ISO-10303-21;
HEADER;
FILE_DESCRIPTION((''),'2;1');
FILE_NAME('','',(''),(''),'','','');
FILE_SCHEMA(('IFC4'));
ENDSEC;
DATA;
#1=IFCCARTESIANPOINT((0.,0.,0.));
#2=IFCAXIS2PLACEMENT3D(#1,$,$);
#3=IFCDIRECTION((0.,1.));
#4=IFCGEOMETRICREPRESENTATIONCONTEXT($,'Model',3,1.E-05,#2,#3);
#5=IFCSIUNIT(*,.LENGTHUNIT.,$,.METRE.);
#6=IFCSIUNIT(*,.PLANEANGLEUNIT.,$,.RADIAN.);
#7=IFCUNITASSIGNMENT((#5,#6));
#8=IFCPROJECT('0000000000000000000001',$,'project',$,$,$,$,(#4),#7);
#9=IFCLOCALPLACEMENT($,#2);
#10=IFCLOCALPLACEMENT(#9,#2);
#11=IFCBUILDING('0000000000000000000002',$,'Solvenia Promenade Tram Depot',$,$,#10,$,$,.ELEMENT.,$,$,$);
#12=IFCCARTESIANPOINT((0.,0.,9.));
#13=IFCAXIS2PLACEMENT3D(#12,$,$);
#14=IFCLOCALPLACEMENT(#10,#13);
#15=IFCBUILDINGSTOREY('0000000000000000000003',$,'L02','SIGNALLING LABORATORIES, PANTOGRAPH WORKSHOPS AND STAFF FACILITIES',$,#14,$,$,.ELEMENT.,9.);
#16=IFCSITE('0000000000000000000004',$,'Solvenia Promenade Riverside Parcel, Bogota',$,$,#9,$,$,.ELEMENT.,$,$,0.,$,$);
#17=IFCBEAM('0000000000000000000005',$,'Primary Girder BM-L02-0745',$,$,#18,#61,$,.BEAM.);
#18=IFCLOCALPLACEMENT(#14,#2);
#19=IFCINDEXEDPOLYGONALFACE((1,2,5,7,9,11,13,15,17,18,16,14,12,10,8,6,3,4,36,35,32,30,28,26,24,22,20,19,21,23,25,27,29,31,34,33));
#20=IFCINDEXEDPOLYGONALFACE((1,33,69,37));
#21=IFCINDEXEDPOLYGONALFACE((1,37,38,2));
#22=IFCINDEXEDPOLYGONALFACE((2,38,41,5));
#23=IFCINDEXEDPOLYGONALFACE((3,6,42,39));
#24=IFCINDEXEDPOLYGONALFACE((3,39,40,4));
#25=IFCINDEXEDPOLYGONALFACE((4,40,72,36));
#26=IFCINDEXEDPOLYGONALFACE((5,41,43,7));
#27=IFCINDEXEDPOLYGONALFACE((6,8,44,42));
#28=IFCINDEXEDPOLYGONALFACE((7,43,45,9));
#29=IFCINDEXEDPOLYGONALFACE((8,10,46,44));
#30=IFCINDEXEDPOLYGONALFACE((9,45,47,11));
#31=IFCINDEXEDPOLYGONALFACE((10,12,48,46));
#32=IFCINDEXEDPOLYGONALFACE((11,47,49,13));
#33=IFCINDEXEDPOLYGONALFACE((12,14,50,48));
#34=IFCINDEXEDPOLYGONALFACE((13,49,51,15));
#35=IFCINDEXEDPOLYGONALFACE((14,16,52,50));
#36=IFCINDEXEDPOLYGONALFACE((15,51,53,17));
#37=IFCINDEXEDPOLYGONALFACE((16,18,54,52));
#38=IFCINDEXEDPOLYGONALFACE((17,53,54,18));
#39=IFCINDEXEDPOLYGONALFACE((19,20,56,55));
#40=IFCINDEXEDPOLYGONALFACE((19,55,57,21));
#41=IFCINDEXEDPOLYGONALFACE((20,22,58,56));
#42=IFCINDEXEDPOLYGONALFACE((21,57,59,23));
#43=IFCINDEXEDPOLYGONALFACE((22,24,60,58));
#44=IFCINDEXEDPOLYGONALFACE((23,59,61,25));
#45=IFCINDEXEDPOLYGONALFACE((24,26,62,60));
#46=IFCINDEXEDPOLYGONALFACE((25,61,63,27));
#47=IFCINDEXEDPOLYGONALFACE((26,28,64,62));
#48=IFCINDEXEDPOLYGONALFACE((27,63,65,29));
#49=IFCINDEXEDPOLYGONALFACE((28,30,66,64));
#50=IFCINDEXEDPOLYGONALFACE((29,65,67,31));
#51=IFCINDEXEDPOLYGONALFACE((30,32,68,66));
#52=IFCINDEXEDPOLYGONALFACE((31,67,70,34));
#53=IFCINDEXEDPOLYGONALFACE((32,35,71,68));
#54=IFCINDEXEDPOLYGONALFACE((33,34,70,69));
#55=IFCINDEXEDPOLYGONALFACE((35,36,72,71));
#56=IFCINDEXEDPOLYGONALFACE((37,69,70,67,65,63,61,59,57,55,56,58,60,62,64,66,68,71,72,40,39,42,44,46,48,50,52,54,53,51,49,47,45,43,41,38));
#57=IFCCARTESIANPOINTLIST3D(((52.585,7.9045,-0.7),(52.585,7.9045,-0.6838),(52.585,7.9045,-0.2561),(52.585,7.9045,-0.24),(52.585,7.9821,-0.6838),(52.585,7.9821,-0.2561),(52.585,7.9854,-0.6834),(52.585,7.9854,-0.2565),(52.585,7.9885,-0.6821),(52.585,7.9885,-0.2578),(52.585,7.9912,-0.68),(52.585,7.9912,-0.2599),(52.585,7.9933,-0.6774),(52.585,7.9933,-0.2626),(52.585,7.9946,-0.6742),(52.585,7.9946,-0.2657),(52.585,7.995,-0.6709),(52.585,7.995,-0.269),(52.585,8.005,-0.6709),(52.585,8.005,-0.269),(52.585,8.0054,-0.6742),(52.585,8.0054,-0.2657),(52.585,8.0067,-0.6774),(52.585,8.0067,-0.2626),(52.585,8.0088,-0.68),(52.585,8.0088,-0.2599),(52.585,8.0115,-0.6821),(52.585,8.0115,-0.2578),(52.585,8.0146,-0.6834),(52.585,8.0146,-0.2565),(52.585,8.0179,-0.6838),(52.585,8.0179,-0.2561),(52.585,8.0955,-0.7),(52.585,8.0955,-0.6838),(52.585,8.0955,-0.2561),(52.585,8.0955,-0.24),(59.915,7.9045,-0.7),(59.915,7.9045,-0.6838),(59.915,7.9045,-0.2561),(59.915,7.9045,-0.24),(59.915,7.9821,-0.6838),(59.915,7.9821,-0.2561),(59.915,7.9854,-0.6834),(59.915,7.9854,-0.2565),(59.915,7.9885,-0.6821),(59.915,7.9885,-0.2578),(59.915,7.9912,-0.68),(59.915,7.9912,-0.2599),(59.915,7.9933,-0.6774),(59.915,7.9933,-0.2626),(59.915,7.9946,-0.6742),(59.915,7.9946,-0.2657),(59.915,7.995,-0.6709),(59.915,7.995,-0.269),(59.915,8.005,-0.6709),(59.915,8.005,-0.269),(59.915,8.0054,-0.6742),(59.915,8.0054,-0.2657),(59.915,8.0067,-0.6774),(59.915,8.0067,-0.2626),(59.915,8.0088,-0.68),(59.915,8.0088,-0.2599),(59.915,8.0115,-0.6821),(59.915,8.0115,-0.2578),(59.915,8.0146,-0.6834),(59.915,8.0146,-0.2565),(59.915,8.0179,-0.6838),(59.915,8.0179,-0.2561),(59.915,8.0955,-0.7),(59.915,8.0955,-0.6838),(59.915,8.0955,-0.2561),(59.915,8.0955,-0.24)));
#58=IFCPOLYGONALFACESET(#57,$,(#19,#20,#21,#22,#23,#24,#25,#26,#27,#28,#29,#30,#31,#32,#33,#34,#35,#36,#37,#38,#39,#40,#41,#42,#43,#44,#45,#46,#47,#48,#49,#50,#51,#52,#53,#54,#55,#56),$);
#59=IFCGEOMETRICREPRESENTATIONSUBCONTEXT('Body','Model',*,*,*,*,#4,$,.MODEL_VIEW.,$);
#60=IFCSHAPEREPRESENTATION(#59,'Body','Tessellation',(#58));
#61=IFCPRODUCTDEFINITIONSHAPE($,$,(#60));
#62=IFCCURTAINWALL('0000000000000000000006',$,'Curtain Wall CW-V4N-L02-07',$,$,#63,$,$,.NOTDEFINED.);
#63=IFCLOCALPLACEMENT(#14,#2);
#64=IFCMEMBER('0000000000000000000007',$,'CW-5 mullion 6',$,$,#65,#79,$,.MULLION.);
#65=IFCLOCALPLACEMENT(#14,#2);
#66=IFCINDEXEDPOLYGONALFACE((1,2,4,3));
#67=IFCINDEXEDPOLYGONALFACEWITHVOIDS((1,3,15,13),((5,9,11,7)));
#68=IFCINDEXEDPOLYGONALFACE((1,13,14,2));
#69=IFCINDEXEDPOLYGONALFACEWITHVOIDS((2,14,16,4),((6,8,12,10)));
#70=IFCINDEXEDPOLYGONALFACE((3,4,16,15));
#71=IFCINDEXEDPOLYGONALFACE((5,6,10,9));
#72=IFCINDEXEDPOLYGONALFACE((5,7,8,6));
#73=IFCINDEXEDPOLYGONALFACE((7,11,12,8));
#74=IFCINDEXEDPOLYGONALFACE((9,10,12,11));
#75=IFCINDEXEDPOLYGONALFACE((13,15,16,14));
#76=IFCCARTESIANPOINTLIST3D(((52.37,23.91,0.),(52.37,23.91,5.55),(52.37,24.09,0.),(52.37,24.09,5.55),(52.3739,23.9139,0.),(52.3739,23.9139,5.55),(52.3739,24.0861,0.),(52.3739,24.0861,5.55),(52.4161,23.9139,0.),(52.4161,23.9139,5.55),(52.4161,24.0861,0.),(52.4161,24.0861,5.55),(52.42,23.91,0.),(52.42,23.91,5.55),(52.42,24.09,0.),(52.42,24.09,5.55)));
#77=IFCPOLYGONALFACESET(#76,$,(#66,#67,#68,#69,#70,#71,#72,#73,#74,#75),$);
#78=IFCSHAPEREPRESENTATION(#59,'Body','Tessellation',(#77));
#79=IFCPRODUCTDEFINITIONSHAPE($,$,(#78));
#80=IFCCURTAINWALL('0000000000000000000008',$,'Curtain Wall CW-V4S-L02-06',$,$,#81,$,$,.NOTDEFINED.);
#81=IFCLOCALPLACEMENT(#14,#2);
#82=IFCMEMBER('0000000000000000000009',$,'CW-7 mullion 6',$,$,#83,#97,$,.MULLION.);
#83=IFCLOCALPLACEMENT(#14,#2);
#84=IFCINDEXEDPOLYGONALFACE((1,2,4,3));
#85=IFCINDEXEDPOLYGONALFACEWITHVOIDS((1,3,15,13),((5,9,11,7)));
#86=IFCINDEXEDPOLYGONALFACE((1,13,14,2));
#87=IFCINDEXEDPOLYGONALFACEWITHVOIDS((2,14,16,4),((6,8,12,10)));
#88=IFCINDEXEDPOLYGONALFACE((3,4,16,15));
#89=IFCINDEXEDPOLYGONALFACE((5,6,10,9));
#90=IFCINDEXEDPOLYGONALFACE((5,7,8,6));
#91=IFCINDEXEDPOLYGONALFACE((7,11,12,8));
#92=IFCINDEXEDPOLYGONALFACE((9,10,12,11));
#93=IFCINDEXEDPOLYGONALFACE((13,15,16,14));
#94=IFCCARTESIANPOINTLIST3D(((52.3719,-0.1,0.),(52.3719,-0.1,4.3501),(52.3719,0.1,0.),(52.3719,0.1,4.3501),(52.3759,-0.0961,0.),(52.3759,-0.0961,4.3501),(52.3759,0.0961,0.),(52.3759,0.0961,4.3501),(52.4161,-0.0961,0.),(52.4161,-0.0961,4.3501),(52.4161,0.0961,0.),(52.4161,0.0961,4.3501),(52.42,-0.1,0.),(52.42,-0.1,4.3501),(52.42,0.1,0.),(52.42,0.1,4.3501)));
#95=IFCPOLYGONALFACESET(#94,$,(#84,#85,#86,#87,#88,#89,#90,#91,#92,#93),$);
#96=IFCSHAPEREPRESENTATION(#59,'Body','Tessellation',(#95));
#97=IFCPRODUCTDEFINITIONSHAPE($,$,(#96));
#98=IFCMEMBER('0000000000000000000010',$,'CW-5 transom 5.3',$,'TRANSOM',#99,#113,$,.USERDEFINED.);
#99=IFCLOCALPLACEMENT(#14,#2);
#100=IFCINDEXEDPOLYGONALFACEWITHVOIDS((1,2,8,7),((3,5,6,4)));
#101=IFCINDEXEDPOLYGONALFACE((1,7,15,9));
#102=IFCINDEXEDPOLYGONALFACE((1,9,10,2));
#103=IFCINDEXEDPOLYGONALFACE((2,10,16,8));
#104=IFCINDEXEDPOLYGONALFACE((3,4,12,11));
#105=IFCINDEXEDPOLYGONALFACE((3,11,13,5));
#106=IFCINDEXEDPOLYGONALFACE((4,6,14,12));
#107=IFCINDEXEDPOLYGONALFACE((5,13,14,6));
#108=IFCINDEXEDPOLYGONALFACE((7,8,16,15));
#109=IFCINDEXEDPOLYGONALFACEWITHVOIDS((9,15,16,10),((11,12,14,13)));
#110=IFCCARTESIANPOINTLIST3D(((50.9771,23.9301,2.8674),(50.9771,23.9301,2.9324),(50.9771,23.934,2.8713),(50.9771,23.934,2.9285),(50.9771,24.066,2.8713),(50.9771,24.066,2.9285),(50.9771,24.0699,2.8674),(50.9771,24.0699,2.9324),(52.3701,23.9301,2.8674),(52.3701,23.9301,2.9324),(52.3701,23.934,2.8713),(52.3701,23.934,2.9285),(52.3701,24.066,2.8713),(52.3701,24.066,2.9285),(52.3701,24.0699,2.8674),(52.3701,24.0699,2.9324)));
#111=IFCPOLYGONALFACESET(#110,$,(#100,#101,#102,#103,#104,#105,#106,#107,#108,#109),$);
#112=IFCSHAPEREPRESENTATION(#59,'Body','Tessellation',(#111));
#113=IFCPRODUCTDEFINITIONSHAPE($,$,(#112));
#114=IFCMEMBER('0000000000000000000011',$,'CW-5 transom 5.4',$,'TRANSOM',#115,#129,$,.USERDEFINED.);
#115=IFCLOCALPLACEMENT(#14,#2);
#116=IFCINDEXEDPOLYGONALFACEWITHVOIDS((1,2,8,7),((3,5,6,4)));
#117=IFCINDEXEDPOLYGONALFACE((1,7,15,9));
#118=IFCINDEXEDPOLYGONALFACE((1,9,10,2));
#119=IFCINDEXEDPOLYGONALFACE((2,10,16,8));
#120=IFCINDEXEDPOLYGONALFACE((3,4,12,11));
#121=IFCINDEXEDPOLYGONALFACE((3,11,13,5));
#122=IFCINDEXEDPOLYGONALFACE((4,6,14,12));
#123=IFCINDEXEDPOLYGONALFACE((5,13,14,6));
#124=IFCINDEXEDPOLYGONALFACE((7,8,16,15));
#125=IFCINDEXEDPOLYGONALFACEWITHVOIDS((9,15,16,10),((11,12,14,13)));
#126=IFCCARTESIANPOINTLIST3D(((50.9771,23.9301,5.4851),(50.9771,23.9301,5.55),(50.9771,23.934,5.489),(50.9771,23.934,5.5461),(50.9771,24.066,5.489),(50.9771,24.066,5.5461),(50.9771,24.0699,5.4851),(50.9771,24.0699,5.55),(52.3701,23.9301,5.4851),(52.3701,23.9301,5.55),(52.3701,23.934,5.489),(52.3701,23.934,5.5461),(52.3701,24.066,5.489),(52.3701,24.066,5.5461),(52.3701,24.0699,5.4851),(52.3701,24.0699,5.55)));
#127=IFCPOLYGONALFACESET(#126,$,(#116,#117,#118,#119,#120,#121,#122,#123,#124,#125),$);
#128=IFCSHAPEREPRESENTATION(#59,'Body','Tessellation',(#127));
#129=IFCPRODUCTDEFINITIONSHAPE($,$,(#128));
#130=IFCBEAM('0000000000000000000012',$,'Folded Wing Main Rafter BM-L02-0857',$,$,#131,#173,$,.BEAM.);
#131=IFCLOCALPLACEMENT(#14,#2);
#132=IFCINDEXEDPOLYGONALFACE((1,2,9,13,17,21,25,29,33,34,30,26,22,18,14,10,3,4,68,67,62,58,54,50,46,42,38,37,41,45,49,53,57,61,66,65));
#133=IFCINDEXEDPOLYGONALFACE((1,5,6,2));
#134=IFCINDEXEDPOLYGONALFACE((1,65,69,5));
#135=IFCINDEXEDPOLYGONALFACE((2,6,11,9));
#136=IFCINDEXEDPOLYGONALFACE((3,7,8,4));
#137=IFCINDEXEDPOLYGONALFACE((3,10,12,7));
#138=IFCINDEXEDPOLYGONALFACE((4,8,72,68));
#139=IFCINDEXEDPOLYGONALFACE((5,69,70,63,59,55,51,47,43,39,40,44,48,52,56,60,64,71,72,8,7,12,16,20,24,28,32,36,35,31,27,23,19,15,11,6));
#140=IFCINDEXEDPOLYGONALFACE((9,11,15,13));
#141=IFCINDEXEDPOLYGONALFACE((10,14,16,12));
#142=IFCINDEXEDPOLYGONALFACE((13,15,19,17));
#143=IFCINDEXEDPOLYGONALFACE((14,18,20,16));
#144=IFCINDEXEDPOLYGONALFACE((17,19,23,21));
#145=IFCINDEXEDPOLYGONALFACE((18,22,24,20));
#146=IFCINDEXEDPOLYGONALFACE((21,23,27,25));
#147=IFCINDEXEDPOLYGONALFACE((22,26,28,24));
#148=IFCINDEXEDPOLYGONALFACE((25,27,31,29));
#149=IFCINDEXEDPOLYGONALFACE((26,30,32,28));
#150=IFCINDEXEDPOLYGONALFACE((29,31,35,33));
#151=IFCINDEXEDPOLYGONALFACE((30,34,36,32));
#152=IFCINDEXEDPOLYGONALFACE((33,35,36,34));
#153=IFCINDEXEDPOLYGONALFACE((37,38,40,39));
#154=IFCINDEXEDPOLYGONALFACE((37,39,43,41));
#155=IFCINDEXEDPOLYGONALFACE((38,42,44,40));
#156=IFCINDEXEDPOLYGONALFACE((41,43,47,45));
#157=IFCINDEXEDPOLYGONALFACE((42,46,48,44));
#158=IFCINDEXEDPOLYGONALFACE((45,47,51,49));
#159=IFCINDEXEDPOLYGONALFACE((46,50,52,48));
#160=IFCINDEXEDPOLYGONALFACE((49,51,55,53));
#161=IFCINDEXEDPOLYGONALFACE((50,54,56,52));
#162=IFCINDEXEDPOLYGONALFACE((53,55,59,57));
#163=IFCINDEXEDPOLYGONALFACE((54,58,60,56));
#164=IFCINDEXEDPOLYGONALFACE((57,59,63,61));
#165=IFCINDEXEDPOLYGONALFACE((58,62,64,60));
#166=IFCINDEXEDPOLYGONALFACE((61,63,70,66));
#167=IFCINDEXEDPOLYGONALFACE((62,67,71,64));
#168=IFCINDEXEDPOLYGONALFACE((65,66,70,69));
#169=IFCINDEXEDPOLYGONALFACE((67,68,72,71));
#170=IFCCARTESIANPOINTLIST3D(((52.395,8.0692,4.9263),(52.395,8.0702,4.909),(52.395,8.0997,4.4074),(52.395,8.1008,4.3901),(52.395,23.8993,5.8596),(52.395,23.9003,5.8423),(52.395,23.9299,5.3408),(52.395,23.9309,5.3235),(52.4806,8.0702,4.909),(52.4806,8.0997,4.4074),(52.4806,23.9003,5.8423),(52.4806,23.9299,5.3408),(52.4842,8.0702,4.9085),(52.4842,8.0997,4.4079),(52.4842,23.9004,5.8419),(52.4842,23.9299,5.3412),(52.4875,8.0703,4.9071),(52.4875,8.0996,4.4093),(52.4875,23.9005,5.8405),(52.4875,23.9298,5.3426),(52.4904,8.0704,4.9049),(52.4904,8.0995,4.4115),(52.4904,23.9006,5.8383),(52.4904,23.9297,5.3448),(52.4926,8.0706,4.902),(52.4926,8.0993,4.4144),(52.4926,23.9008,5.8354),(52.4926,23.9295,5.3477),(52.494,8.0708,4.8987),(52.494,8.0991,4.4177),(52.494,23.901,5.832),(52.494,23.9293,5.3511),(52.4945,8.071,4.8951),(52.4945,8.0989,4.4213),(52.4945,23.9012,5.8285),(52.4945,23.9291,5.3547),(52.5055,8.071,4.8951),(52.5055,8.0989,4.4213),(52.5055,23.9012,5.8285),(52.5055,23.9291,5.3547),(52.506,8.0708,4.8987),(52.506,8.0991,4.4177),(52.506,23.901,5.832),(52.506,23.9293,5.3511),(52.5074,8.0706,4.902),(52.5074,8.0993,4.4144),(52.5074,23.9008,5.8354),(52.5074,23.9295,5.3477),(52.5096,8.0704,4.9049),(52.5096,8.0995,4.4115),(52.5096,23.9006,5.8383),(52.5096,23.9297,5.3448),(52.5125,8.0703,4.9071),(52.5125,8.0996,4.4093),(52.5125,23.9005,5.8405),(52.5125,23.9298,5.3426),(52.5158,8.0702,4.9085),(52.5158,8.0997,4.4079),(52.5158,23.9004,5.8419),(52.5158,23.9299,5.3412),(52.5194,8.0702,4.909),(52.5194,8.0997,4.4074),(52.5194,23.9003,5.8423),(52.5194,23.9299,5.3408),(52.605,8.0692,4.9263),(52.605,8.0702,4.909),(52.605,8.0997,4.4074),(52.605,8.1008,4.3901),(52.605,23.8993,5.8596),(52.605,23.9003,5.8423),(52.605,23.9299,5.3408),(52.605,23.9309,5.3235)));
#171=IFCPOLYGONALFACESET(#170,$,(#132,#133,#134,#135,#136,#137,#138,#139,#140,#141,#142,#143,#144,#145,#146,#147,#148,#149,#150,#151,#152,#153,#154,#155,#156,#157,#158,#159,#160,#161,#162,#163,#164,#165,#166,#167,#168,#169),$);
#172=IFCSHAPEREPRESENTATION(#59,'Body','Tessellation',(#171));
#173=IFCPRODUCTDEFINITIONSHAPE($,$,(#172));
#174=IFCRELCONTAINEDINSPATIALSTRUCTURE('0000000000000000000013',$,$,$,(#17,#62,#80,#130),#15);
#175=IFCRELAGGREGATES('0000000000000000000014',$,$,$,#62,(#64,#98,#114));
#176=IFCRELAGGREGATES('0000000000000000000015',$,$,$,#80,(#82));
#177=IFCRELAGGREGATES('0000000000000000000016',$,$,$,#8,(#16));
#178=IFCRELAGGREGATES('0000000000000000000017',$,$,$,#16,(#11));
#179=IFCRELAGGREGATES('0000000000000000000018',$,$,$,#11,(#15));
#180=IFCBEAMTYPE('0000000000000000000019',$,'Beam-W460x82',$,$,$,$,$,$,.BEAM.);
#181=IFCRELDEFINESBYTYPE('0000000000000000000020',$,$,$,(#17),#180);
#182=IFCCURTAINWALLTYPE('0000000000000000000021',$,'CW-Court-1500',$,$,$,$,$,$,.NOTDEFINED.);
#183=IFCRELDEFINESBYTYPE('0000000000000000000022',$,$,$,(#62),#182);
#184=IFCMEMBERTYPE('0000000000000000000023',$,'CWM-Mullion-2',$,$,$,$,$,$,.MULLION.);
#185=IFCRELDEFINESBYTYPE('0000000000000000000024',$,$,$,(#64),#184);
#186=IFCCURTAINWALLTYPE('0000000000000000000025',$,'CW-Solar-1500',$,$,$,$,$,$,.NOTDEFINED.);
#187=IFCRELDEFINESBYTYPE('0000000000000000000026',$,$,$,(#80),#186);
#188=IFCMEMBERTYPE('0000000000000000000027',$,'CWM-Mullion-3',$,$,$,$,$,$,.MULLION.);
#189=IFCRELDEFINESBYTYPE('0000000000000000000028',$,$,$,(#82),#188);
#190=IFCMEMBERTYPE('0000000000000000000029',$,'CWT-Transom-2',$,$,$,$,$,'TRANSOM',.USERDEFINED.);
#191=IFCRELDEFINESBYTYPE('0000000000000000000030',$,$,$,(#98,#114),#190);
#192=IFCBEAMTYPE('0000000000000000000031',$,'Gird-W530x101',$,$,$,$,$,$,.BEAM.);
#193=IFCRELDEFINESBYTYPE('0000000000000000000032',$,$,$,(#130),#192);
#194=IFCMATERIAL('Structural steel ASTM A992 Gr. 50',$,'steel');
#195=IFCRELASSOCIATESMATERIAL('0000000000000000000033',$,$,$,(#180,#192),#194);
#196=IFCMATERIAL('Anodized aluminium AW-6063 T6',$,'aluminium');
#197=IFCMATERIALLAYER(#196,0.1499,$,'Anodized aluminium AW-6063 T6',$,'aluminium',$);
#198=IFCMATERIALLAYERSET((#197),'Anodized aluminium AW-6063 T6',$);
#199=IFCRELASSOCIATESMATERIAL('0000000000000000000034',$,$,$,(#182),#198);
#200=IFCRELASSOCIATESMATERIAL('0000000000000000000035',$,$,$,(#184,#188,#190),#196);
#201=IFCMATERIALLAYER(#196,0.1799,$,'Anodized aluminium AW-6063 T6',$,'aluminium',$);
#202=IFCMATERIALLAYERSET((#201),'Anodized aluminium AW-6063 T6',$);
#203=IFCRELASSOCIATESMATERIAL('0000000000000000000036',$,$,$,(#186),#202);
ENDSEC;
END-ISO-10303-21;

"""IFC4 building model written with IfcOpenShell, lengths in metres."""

from ifc_helpers import new_model, si_unit, direction, frame, origin, origin_2d, place, context, subcontext, project, spatial, hollow_rectangle, i_section, extrude, material, layer, layer_set, material_profile, profile_set, type_object, element, aggregate, save


model = new_model("IFC4")

# Units and contexts
model_context = context("Model", 3, precision=1e-05, world=origin(), true_north=direction((0.0, 1.0)))
body_context = subcontext(model_context, "Body", "Model", "MODEL_VIEW")
ifc_project = project(units=[si_unit("LENGTHUNIT", "METRE"), si_unit("PLANEANGLEUNIT", "RADIAN")], contexts=[model_context])

# Site, building, storey
site_placement = place(None, origin())
site = spatial("IfcSite", under=ifc_project, at=site_placement, Name="Solvenia Promenade Riverside Parcel, Bogota", CompositionType="ELEMENT", RefElevation=0.0)
building_placement = place(site_placement, origin())
building = spatial("IfcBuilding", under=site, at=building_placement, Name="Solvenia Promenade Tram Depot", CompositionType="ELEMENT")
storey_placement = place(building_placement, frame((0.0, 0.0, 9.0)))
storey = spatial("IfcBuildingStorey", under=building, at=storey_placement, Name="L02", Description="SIGNALLING LABORATORIES, PANTOGRAPH WORKSHOPS AND STAFF FACILITIES", CompositionType="ELEMENT", Elevation=9.0)

# Shared definitions
ifc_material_1 = material(Name="Structural steel ASTM A992 Gr. 50", Category="steel")

# Beam
ifc_material_profile_1 = material_profile(ifc_material_1, i_section(OverallWidth=0.1909, OverallDepth=0.46, WebThickness=0.01, FlangeThickness=0.0161, FilletRadius=0.0129, at=origin_2d()), Name="W460x82", Category="steel")
ifc_profile_set_1 = profile_set([ifc_material_profile_1], Name="Structural steel ASTM A992 Gr. 50")
beam_type_1 = type_object("IfcBeamType", Name="Beam-W460x82", PredefinedType="BEAM", material=ifc_profile_set_1)
beam_1_placement = place(storey_placement, frame((52.585, 8.0, -0.47), z_axis=(1.0, 0.0, 0.0), x_axis=(0.0, 1.0, 0.0)))
element("IfcBeam", 1, at=beam_1_placement, inside=storey, type_object=beam_type_1, Name="Primary Girder BM-L02-0745", PredefinedType="BEAM", context=body_context, shape_type="SweptSolid", body=[
    extrude(i_section(OverallWidth=0.1909, OverallDepth=0.46, WebThickness=0.01, FlangeThickness=0.0161, FilletRadius=0.0129, at=origin_2d()), origin(), (0.0, 0.0, 1.0), 7.3301),
])

# Curtain walls, members
ifc_material_2 = material(Name="Anodized aluminium AW-6063 T6", Category="aluminium")
ifc_layer_1 = layer(ifc_material_2, 0.1499, Name="Anodized aluminium AW-6063 T6", Category="aluminium")
ifc_layer_set_1 = layer_set([ifc_layer_1], Name="Anodized aluminium AW-6063 T6")
curtain_wall_type_1 = type_object("IfcCurtainWallType", Name="CW-Court-1500", PredefinedType="NOTDEFINED", material=ifc_layer_set_1)
curtain_wall_1_placement = place(storey_placement, origin())
curtain_wall_1 = element("IfcCurtainWall", 2, at=curtain_wall_1_placement, inside=storey, type_object=curtain_wall_type_1, Name="Curtain Wall CW-V4N-L02-07", PredefinedType="NOTDEFINED")
ifc_material_profile_2 = material_profile(ifc_material_2, hollow_rectangle(XDim=0.1799, YDim=0.05, WallThickness=0.0039, at=origin_2d()), Name="ALU-M2", Category="aluminium")
ifc_profile_set_2 = profile_set([ifc_material_profile_2], Name="Anodized aluminium AW-6063 T6")
member_type_1 = type_object("IfcMemberType", Name="CWM-Mullion-2", PredefinedType="MULLION", material=ifc_profile_set_2)
member_1_placement = place(storey_placement, frame((52.395, 24.0, 0.0), z_axis=(0.0, 0.0, 1.0), x_axis=(0.0, 1.0, 0.0)))
member_1 = element("IfcMember", 3, at=member_1_placement, type_object=member_type_1, Name="CW-5 mullion 6", PredefinedType="MULLION", context=body_context, shape_type="SweptSolid", body=[
    extrude(hollow_rectangle(XDim=0.1799, YDim=0.05, WallThickness=0.0039, at=origin_2d()), origin(), (0.0, 0.0, 1.0), 5.55),
])
ifc_layer_2 = layer(ifc_material_2, 0.1799, Name="Anodized aluminium AW-6063 T6", Category="aluminium")
ifc_layer_set_2 = layer_set([ifc_layer_2], Name="Anodized aluminium AW-6063 T6")
curtain_wall_type_2 = type_object("IfcCurtainWallType", Name="CW-Solar-1500", PredefinedType="NOTDEFINED", material=ifc_layer_set_2)
curtain_wall_2_placement = place(storey_placement, origin())
curtain_wall_2 = element("IfcCurtainWall", 4, at=curtain_wall_2_placement, inside=storey, type_object=curtain_wall_type_2, Name="Curtain Wall CW-V4S-L02-06", PredefinedType="NOTDEFINED")
ifc_material_profile_3 = material_profile(ifc_material_2, hollow_rectangle(XDim=0.2, YDim=0.0481, WallThickness=0.0039, at=origin_2d()), Name="ALU-M3", Category="aluminium")
ifc_profile_set_3 = profile_set([ifc_material_profile_3], Name="Anodized aluminium AW-6063 T6")
member_type_2 = type_object("IfcMemberType", Name="CWM-Mullion-3", PredefinedType="MULLION", material=ifc_profile_set_3)
member_2_placement = place(storey_placement, frame((52.396, 0.0, 0.0), z_axis=(0.0, 0.0, 1.0), x_axis=(0.0, 1.0, 0.0)))
member_2 = element("IfcMember", 5, at=member_2_placement, type_object=member_type_2, Name="CW-7 mullion 6", PredefinedType="MULLION", context=body_context, shape_type="SweptSolid", body=[
    extrude(hollow_rectangle(XDim=0.2, YDim=0.0481, WallThickness=0.0039, at=origin_2d()), origin(), (0.0, 0.0, 1.0), 4.3501),
])

# Members
ifc_material_profile_4 = material_profile(ifc_material_2, hollow_rectangle(XDim=0.1399, YDim=0.0649, WallThickness=0.0039, at=origin_2d()), Name="ALU-T2", Category="aluminium")
ifc_profile_set_4 = profile_set([ifc_material_profile_4], Name="Anodized aluminium AW-6063 T6")
member_type_3 = type_object("IfcMemberType", Name="CWT-Transom-2", ElementType="TRANSOM", PredefinedType="USERDEFINED", material=ifc_profile_set_4)
member_3_placement = place(storey_placement, frame((50.9771, 24.0, 2.8999), z_axis=(1.0, 0.0, 0.0), x_axis=(0.0, 1.0, 0.0)))
member_3 = element("IfcMember", 6, at=member_3_placement, type_object=member_type_3, Name="CW-5 transom 5.3", ObjectType="TRANSOM", PredefinedType="USERDEFINED", context=body_context, shape_type="SweptSolid", body=[
    extrude(hollow_rectangle(XDim=0.1399, YDim=0.0649, WallThickness=0.0039, at=origin_2d()), origin(), (0.0, 0.0, 1.0), 1.3931),
])
member_4_placement = place(storey_placement, frame((50.9771, 24.0, 5.5176), z_axis=(1.0, 0.0, 0.0), x_axis=(0.0, 1.0, 0.0)))
member_4 = element("IfcMember", 7, at=member_4_placement, type_object=member_type_3, Name="CW-5 transom 5.4", ObjectType="TRANSOM", PredefinedType="USERDEFINED", context=body_context, shape_type="SweptSolid", body=[
    extrude(hollow_rectangle(XDim=0.1399, YDim=0.0649, WallThickness=0.0039, at=origin_2d()), origin(), (0.0, 0.0, 1.0), 1.3931),
])

# Beam
ifc_material_profile_5 = material_profile(ifc_material_1, i_section(OverallWidth=0.21, OverallDepth=0.5371, WebThickness=0.011, FlangeThickness=0.0173, FilletRadius=0.0139, at=origin_2d()), Name="W530x101", Category="steel")
ifc_profile_set_5 = profile_set([ifc_material_profile_5], Name="Structural steel ASTM A992 Gr. 50")
beam_type_2 = type_object("IfcBeamType", Name="Gird-W530x101", PredefinedType="BEAM", material=ifc_profile_set_5)
beam_2_placement = place(storey_placement, frame((52.5, 8.085, 4.6582), z_axis=(0.0, 0.998266, 0.058858), x_axis=(-1.0, 0.0, 0.0)))
element("IfcBeam", 8, at=beam_2_placement, inside=storey, type_object=beam_type_2, Name="Folded Wing Main Rafter BM-L02-0857", PredefinedType="BEAM", context=body_context, shape_type="SweptSolid", body=[
    extrude(i_section(OverallWidth=0.21, OverallDepth=0.5371, WebThickness=0.011, FlangeThickness=0.0173, FilletRadius=0.0139, at=origin_2d()), origin(), (0.0, 0.0, 1.0), 15.8577),
])

aggregate(curtain_wall_1, [member_1, member_3, member_4])
aggregate(curtain_wall_2, [member_2])

save(model, "model.ifc")
